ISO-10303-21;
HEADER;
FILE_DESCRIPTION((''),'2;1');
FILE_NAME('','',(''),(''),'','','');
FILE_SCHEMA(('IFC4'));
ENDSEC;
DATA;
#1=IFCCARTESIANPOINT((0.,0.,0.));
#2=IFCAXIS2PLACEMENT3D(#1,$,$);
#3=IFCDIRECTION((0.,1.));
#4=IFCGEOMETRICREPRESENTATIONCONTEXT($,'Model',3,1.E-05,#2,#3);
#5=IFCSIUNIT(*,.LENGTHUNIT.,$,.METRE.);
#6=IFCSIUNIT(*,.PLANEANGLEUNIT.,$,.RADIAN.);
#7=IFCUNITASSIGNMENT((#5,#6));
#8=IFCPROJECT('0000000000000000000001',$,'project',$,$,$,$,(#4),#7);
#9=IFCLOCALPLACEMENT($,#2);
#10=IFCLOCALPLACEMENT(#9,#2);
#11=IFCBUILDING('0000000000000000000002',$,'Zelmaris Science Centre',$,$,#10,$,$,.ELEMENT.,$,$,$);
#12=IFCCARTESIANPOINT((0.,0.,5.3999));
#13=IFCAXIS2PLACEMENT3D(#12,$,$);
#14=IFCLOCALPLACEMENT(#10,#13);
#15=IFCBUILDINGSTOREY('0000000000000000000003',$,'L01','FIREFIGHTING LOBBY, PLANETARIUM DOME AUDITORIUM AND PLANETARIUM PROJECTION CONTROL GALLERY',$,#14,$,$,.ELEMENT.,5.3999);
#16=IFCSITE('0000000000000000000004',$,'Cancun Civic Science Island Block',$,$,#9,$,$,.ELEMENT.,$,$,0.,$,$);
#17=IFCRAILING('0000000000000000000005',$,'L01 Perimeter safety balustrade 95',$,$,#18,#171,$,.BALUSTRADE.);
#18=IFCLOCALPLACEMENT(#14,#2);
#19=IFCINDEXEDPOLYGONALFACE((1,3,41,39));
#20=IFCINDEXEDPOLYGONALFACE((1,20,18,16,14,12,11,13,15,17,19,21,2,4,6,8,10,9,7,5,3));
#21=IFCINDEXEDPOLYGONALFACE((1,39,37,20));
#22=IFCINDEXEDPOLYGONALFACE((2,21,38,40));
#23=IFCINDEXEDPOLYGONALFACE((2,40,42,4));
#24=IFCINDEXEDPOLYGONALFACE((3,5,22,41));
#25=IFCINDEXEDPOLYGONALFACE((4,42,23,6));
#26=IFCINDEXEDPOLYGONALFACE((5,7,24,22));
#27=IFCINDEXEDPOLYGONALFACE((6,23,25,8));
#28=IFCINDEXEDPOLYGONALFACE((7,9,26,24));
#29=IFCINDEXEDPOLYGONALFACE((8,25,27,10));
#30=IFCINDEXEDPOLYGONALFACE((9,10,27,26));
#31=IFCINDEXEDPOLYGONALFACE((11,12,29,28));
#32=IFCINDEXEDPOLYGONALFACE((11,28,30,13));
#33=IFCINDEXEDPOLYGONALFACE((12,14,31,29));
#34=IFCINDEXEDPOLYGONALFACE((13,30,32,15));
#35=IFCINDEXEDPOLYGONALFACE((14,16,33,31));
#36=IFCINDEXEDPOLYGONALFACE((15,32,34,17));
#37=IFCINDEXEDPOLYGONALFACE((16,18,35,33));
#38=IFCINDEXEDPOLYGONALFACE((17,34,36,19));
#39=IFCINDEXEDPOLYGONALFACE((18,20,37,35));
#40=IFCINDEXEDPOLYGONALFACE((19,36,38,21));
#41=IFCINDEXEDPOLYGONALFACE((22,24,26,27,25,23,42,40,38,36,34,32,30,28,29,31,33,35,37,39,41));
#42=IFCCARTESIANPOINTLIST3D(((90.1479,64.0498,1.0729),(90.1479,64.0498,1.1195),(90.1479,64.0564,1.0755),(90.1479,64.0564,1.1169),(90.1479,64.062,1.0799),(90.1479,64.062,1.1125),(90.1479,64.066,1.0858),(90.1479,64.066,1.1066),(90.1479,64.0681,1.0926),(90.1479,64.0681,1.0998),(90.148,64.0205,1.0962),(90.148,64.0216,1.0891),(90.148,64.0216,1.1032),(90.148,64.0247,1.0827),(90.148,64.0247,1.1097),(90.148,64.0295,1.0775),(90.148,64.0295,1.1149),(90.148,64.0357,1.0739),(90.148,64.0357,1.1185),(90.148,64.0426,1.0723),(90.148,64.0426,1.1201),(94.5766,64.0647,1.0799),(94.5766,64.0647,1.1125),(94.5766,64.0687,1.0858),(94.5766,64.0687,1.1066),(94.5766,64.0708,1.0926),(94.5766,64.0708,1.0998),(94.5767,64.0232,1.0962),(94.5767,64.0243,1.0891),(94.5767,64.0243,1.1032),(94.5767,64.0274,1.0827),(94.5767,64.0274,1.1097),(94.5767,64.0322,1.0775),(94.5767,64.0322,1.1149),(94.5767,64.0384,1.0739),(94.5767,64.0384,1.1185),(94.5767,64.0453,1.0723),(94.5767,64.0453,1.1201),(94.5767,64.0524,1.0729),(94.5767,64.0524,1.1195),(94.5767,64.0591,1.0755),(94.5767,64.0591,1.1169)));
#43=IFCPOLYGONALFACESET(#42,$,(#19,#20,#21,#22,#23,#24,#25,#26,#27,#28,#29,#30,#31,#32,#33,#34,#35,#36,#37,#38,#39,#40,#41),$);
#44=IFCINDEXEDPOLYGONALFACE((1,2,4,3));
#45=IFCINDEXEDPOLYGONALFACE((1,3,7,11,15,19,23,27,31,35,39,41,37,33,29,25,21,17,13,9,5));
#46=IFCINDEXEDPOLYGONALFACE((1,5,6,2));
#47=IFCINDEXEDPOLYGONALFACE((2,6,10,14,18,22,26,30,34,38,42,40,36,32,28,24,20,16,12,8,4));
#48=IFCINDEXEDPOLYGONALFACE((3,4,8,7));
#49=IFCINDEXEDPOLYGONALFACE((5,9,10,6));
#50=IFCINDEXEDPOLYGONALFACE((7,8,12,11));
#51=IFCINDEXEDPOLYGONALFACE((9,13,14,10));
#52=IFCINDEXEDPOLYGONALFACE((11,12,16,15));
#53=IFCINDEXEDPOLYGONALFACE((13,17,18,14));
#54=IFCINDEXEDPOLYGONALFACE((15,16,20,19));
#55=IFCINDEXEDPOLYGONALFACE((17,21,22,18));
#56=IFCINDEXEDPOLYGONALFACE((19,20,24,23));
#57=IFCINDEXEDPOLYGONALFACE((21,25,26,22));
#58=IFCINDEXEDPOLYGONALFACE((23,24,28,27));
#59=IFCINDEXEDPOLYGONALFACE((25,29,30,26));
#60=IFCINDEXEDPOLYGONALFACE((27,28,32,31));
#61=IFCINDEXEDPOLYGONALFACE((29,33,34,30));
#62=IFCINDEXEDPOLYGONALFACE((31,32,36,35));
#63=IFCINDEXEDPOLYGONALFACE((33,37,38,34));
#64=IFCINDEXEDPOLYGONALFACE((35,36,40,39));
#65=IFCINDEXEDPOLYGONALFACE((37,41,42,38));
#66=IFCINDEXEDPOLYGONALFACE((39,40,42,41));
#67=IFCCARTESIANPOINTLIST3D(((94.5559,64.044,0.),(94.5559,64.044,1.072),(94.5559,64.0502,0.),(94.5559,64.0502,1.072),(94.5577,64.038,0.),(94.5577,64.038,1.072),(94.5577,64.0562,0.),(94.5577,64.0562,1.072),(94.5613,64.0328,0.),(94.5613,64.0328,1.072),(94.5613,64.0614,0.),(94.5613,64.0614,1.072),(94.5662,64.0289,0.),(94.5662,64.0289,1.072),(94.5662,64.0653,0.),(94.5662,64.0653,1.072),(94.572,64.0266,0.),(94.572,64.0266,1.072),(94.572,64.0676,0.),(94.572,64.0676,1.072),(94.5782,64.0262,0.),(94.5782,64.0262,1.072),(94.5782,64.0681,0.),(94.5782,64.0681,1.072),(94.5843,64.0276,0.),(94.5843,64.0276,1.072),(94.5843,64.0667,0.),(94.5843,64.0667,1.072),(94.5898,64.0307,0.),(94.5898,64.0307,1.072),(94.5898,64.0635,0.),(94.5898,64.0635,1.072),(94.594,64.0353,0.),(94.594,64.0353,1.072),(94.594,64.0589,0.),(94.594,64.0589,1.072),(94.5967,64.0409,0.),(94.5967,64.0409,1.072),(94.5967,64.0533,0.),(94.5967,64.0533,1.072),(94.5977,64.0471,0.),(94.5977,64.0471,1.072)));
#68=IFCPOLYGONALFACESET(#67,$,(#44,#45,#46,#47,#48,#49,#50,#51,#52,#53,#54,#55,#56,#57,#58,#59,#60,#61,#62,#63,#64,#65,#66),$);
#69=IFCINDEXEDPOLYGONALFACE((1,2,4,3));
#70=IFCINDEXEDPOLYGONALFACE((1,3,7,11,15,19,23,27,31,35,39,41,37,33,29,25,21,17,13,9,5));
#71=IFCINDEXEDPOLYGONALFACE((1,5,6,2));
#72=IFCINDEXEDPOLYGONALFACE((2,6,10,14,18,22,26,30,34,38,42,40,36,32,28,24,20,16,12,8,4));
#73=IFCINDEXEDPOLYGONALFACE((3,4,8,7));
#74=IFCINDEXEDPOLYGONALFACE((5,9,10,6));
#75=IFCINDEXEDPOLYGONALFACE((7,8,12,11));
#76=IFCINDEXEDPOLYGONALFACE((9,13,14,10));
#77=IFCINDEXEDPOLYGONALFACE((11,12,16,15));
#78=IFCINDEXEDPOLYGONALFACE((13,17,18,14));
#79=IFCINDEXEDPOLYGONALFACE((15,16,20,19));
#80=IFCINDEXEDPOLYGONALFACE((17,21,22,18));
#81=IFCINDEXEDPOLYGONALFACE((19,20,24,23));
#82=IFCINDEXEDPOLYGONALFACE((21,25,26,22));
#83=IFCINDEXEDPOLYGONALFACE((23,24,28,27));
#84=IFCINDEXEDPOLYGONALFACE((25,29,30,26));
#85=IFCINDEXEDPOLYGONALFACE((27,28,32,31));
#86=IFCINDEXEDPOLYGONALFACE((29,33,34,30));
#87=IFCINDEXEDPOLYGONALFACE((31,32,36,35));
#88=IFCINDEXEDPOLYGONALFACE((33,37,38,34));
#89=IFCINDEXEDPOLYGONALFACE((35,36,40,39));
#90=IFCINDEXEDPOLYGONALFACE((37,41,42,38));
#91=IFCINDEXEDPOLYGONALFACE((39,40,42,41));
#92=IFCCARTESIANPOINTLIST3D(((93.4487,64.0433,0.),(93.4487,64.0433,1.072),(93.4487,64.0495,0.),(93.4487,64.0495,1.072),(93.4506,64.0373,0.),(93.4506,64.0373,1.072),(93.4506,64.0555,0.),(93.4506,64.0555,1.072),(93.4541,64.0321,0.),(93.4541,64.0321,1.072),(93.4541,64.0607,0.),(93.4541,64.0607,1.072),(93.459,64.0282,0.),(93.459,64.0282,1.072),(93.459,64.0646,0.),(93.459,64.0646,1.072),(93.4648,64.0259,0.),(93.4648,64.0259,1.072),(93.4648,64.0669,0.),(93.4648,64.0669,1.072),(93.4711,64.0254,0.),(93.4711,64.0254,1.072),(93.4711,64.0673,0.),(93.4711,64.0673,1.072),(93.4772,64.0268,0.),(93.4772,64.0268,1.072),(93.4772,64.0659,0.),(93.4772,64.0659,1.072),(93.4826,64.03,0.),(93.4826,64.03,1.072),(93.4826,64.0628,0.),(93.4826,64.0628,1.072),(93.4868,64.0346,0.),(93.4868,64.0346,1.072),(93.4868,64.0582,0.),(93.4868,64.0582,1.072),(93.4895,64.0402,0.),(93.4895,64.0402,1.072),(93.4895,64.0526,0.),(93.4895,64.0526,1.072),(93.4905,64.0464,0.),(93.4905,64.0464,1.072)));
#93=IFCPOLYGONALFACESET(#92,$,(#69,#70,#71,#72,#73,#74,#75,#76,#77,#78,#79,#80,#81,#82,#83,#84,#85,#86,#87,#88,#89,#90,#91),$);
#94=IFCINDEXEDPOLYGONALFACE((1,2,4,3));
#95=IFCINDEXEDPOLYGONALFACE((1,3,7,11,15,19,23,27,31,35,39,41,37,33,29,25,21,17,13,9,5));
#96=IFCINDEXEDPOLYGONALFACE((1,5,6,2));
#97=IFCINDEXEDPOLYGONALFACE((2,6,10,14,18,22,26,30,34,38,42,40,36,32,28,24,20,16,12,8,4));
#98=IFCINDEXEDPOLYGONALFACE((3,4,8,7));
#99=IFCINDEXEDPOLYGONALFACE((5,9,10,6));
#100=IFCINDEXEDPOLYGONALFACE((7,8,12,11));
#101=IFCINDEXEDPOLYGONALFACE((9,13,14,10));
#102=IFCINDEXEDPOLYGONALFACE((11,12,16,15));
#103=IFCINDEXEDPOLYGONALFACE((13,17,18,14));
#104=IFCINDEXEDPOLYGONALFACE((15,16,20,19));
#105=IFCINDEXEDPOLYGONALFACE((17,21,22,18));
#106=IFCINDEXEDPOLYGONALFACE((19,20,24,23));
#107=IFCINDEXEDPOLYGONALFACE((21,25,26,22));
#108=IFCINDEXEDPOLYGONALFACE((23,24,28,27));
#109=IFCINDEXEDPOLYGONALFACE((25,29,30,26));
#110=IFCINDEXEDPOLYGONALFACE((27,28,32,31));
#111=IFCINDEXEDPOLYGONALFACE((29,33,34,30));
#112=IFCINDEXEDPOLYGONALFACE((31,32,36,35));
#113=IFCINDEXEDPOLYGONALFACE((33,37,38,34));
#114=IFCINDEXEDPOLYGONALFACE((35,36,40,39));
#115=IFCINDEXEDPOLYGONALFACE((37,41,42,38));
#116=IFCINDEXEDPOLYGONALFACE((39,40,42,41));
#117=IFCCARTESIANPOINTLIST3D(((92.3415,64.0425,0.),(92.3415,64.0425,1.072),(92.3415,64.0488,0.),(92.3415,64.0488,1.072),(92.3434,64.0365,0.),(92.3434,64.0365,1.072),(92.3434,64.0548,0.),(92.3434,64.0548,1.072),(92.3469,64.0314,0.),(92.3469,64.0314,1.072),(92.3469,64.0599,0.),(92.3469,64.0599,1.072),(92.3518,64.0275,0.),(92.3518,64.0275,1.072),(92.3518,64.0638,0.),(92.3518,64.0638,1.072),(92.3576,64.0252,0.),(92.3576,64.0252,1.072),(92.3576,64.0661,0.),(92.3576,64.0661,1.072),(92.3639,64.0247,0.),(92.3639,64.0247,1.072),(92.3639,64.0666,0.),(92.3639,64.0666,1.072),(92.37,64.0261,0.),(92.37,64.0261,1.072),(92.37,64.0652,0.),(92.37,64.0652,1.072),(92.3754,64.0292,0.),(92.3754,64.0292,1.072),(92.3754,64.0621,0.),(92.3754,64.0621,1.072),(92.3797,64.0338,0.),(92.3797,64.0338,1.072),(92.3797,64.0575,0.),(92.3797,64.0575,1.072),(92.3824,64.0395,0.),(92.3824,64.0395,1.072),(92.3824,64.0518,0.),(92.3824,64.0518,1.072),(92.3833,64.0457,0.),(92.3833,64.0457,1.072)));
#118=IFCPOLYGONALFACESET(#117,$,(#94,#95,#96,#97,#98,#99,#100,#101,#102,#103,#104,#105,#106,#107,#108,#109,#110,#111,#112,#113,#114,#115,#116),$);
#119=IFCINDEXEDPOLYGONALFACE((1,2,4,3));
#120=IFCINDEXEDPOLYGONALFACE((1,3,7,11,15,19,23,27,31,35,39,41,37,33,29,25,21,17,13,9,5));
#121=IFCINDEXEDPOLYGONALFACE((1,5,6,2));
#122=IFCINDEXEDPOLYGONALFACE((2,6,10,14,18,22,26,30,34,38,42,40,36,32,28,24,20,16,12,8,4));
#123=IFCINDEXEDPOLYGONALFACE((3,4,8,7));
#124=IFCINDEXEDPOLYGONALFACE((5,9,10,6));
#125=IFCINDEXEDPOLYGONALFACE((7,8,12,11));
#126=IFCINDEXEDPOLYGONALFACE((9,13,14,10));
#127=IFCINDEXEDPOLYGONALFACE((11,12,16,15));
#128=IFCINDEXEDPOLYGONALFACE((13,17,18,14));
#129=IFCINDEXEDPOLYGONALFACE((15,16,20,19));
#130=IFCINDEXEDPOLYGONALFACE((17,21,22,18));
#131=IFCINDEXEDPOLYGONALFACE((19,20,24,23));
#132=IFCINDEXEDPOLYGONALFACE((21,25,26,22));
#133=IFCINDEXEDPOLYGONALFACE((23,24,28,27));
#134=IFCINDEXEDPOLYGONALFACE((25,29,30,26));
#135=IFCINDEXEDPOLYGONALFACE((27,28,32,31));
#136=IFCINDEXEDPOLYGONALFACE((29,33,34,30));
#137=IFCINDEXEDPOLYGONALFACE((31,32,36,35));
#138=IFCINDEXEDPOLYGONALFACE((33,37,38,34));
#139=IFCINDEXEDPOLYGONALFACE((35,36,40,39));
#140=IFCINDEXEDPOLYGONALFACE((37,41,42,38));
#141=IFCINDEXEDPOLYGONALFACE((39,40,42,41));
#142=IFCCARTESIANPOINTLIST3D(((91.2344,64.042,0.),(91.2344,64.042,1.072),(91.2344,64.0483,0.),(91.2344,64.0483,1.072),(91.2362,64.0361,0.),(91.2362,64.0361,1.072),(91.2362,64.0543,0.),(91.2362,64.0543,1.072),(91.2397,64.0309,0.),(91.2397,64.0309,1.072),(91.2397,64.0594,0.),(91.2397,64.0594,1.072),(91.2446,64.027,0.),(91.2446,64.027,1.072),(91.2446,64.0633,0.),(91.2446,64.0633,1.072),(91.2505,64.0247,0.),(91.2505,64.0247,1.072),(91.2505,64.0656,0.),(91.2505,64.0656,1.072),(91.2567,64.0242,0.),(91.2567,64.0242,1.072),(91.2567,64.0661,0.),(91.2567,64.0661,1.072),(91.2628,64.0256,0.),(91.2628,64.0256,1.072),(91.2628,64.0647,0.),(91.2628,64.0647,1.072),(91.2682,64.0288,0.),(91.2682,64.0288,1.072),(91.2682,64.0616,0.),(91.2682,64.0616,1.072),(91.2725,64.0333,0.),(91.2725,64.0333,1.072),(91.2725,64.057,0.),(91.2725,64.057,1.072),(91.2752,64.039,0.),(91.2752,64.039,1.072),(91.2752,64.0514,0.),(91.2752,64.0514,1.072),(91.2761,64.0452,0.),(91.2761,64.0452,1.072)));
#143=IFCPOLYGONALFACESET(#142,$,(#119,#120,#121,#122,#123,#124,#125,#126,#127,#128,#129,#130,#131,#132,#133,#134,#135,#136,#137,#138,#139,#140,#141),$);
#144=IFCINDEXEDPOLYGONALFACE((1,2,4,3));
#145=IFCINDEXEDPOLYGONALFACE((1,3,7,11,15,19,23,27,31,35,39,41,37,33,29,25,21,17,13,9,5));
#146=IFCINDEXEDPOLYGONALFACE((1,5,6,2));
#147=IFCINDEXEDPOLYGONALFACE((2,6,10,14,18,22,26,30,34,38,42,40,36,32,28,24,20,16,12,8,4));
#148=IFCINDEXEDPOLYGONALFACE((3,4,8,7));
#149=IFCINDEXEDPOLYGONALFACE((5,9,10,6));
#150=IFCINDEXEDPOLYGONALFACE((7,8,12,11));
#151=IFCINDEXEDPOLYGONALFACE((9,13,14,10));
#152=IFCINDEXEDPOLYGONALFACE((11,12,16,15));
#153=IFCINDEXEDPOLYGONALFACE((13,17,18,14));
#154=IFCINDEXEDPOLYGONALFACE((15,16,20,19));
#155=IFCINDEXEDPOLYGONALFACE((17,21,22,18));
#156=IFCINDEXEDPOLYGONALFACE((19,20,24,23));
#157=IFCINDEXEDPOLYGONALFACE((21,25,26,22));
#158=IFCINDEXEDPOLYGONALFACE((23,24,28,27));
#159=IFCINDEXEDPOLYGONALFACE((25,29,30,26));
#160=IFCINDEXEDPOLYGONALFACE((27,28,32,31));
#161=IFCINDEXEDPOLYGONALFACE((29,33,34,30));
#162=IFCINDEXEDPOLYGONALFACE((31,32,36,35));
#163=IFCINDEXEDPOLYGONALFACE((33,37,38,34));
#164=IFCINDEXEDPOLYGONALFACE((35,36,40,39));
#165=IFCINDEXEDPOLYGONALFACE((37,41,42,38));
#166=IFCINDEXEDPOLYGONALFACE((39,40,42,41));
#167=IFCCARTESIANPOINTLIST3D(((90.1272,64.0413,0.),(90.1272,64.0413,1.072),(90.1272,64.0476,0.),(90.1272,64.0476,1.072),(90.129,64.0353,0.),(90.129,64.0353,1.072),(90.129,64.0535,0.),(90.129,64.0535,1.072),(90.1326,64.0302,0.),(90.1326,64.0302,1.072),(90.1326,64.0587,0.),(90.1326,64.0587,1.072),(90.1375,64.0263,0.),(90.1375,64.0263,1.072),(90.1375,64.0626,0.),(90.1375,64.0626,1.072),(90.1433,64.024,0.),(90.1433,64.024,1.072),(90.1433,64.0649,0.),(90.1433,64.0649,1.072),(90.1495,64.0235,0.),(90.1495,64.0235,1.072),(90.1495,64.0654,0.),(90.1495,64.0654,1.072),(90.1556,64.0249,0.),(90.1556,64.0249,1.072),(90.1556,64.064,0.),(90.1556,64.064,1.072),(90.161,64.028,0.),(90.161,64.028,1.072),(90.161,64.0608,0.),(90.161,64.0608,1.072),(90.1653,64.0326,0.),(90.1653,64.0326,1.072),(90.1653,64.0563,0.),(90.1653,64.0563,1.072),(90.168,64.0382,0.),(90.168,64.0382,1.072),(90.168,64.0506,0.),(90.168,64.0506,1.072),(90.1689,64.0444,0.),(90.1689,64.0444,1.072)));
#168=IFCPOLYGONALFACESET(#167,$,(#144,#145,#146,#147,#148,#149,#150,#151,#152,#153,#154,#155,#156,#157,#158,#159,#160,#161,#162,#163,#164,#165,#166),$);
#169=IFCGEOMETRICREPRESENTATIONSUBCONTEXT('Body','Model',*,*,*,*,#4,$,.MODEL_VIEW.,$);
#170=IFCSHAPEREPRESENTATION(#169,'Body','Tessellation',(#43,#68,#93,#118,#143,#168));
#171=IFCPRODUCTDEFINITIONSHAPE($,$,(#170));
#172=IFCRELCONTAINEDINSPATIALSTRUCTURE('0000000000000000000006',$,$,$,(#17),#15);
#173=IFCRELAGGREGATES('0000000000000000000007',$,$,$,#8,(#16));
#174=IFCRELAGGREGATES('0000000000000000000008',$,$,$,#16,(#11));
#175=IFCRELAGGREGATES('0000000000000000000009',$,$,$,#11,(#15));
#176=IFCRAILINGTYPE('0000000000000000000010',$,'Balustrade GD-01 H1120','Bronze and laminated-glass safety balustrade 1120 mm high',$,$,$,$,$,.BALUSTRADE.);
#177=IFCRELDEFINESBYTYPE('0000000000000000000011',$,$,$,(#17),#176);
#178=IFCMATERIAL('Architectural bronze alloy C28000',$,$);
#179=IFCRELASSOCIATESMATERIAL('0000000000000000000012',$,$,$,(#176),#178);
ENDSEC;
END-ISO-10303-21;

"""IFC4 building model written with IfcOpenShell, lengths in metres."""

from ifc_helpers import new_model, si_unit, direction, frame, origin, origin_2d, place, context, subcontext, project, spatial, circle, extrude, material, type_object, element, save


model = new_model("IFC4")

# Units and contexts
model_context = context("Model", 3, precision=1e-05, world=origin(), true_north=direction((0.0, 1.0)))
body_context = subcontext(model_context, "Body", "Model", "MODEL_VIEW")
ifc_project = project(units=[si_unit("LENGTHUNIT", "METRE"), si_unit("PLANEANGLEUNIT", "RADIAN")], contexts=[model_context])

# Site, building, storey
site_placement = place(None, origin())
site = spatial("IfcSite", under=ifc_project, at=site_placement, Name="Cancun Civic Science Island Block", CompositionType="ELEMENT", RefElevation=0.0)
building_placement = place(site_placement, origin())
building = spatial("IfcBuilding", under=site, at=building_placement, Name="Zelmaris Science Centre", CompositionType="ELEMENT")
storey_placement = place(building_placement, frame((0.0, 0.0, 5.3999)))
storey = spatial("IfcBuildingStorey", under=building, at=storey_placement, Name="L01", Description="FIREFIGHTING LOBBY, PLANETARIUM DOME AUDITORIUM AND PLANETARIUM PROJECTION CONTROL GALLERY", CompositionType="ELEMENT", Elevation=5.3999)

# Railing
ifc_material_1 = material(Name="Architectural bronze alloy C28000")
railing_type = type_object("IfcRailingType", Name="Balustrade GD-01 H1120", Description="Bronze and laminated-glass safety balustrade 1120 mm high", PredefinedType="BALUSTRADE", material=ifc_material_1)
railing_placement = place(storey_placement, frame((94.5767, 64.0471, 0.0)))
element("IfcRailing", 1, at=railing_placement, inside=storey, type_object=railing_type, Name="L01 Perimeter safety balustrade 95", PredefinedType="BALUSTRADE", context=body_context, shape_type="SweptSolid", body=[
    extrude(circle(Radius=0.0239, at=origin_2d()), frame((0.0, 0.0, 1.0962), z_axis=(-1.0, -0.000606, 0.0), x_axis=(0.000606, -1.0, 0.0)), (0.0, 0.0, 1.0), 4.4287),
    extrude(circle(Radius=0.021, at=origin_2d()), origin(), (0.0, 0.0, 1.0), 1.072),
    extrude(circle(Radius=0.021, at=origin_2d()), frame((-1.1072, -0.0007, 0.0)), (0.0, 0.0, 1.0), 1.072),
    extrude(circle(Radius=0.021, at=origin_2d()), frame((-2.2144, -0.0015, 0.0)), (0.0, 0.0, 1.0), 1.072),
    extrude(circle(Radius=0.021, at=origin_2d()), frame((-3.3215, -0.002, 0.0)), (0.0, 0.0, 1.0), 1.072),
    extrude(circle(Radius=0.021, at=origin_2d()), frame((-4.4287, -0.0027, 0.0)), (0.0, 0.0, 1.0), 1.072),
])

save(model, "model.ifc")
